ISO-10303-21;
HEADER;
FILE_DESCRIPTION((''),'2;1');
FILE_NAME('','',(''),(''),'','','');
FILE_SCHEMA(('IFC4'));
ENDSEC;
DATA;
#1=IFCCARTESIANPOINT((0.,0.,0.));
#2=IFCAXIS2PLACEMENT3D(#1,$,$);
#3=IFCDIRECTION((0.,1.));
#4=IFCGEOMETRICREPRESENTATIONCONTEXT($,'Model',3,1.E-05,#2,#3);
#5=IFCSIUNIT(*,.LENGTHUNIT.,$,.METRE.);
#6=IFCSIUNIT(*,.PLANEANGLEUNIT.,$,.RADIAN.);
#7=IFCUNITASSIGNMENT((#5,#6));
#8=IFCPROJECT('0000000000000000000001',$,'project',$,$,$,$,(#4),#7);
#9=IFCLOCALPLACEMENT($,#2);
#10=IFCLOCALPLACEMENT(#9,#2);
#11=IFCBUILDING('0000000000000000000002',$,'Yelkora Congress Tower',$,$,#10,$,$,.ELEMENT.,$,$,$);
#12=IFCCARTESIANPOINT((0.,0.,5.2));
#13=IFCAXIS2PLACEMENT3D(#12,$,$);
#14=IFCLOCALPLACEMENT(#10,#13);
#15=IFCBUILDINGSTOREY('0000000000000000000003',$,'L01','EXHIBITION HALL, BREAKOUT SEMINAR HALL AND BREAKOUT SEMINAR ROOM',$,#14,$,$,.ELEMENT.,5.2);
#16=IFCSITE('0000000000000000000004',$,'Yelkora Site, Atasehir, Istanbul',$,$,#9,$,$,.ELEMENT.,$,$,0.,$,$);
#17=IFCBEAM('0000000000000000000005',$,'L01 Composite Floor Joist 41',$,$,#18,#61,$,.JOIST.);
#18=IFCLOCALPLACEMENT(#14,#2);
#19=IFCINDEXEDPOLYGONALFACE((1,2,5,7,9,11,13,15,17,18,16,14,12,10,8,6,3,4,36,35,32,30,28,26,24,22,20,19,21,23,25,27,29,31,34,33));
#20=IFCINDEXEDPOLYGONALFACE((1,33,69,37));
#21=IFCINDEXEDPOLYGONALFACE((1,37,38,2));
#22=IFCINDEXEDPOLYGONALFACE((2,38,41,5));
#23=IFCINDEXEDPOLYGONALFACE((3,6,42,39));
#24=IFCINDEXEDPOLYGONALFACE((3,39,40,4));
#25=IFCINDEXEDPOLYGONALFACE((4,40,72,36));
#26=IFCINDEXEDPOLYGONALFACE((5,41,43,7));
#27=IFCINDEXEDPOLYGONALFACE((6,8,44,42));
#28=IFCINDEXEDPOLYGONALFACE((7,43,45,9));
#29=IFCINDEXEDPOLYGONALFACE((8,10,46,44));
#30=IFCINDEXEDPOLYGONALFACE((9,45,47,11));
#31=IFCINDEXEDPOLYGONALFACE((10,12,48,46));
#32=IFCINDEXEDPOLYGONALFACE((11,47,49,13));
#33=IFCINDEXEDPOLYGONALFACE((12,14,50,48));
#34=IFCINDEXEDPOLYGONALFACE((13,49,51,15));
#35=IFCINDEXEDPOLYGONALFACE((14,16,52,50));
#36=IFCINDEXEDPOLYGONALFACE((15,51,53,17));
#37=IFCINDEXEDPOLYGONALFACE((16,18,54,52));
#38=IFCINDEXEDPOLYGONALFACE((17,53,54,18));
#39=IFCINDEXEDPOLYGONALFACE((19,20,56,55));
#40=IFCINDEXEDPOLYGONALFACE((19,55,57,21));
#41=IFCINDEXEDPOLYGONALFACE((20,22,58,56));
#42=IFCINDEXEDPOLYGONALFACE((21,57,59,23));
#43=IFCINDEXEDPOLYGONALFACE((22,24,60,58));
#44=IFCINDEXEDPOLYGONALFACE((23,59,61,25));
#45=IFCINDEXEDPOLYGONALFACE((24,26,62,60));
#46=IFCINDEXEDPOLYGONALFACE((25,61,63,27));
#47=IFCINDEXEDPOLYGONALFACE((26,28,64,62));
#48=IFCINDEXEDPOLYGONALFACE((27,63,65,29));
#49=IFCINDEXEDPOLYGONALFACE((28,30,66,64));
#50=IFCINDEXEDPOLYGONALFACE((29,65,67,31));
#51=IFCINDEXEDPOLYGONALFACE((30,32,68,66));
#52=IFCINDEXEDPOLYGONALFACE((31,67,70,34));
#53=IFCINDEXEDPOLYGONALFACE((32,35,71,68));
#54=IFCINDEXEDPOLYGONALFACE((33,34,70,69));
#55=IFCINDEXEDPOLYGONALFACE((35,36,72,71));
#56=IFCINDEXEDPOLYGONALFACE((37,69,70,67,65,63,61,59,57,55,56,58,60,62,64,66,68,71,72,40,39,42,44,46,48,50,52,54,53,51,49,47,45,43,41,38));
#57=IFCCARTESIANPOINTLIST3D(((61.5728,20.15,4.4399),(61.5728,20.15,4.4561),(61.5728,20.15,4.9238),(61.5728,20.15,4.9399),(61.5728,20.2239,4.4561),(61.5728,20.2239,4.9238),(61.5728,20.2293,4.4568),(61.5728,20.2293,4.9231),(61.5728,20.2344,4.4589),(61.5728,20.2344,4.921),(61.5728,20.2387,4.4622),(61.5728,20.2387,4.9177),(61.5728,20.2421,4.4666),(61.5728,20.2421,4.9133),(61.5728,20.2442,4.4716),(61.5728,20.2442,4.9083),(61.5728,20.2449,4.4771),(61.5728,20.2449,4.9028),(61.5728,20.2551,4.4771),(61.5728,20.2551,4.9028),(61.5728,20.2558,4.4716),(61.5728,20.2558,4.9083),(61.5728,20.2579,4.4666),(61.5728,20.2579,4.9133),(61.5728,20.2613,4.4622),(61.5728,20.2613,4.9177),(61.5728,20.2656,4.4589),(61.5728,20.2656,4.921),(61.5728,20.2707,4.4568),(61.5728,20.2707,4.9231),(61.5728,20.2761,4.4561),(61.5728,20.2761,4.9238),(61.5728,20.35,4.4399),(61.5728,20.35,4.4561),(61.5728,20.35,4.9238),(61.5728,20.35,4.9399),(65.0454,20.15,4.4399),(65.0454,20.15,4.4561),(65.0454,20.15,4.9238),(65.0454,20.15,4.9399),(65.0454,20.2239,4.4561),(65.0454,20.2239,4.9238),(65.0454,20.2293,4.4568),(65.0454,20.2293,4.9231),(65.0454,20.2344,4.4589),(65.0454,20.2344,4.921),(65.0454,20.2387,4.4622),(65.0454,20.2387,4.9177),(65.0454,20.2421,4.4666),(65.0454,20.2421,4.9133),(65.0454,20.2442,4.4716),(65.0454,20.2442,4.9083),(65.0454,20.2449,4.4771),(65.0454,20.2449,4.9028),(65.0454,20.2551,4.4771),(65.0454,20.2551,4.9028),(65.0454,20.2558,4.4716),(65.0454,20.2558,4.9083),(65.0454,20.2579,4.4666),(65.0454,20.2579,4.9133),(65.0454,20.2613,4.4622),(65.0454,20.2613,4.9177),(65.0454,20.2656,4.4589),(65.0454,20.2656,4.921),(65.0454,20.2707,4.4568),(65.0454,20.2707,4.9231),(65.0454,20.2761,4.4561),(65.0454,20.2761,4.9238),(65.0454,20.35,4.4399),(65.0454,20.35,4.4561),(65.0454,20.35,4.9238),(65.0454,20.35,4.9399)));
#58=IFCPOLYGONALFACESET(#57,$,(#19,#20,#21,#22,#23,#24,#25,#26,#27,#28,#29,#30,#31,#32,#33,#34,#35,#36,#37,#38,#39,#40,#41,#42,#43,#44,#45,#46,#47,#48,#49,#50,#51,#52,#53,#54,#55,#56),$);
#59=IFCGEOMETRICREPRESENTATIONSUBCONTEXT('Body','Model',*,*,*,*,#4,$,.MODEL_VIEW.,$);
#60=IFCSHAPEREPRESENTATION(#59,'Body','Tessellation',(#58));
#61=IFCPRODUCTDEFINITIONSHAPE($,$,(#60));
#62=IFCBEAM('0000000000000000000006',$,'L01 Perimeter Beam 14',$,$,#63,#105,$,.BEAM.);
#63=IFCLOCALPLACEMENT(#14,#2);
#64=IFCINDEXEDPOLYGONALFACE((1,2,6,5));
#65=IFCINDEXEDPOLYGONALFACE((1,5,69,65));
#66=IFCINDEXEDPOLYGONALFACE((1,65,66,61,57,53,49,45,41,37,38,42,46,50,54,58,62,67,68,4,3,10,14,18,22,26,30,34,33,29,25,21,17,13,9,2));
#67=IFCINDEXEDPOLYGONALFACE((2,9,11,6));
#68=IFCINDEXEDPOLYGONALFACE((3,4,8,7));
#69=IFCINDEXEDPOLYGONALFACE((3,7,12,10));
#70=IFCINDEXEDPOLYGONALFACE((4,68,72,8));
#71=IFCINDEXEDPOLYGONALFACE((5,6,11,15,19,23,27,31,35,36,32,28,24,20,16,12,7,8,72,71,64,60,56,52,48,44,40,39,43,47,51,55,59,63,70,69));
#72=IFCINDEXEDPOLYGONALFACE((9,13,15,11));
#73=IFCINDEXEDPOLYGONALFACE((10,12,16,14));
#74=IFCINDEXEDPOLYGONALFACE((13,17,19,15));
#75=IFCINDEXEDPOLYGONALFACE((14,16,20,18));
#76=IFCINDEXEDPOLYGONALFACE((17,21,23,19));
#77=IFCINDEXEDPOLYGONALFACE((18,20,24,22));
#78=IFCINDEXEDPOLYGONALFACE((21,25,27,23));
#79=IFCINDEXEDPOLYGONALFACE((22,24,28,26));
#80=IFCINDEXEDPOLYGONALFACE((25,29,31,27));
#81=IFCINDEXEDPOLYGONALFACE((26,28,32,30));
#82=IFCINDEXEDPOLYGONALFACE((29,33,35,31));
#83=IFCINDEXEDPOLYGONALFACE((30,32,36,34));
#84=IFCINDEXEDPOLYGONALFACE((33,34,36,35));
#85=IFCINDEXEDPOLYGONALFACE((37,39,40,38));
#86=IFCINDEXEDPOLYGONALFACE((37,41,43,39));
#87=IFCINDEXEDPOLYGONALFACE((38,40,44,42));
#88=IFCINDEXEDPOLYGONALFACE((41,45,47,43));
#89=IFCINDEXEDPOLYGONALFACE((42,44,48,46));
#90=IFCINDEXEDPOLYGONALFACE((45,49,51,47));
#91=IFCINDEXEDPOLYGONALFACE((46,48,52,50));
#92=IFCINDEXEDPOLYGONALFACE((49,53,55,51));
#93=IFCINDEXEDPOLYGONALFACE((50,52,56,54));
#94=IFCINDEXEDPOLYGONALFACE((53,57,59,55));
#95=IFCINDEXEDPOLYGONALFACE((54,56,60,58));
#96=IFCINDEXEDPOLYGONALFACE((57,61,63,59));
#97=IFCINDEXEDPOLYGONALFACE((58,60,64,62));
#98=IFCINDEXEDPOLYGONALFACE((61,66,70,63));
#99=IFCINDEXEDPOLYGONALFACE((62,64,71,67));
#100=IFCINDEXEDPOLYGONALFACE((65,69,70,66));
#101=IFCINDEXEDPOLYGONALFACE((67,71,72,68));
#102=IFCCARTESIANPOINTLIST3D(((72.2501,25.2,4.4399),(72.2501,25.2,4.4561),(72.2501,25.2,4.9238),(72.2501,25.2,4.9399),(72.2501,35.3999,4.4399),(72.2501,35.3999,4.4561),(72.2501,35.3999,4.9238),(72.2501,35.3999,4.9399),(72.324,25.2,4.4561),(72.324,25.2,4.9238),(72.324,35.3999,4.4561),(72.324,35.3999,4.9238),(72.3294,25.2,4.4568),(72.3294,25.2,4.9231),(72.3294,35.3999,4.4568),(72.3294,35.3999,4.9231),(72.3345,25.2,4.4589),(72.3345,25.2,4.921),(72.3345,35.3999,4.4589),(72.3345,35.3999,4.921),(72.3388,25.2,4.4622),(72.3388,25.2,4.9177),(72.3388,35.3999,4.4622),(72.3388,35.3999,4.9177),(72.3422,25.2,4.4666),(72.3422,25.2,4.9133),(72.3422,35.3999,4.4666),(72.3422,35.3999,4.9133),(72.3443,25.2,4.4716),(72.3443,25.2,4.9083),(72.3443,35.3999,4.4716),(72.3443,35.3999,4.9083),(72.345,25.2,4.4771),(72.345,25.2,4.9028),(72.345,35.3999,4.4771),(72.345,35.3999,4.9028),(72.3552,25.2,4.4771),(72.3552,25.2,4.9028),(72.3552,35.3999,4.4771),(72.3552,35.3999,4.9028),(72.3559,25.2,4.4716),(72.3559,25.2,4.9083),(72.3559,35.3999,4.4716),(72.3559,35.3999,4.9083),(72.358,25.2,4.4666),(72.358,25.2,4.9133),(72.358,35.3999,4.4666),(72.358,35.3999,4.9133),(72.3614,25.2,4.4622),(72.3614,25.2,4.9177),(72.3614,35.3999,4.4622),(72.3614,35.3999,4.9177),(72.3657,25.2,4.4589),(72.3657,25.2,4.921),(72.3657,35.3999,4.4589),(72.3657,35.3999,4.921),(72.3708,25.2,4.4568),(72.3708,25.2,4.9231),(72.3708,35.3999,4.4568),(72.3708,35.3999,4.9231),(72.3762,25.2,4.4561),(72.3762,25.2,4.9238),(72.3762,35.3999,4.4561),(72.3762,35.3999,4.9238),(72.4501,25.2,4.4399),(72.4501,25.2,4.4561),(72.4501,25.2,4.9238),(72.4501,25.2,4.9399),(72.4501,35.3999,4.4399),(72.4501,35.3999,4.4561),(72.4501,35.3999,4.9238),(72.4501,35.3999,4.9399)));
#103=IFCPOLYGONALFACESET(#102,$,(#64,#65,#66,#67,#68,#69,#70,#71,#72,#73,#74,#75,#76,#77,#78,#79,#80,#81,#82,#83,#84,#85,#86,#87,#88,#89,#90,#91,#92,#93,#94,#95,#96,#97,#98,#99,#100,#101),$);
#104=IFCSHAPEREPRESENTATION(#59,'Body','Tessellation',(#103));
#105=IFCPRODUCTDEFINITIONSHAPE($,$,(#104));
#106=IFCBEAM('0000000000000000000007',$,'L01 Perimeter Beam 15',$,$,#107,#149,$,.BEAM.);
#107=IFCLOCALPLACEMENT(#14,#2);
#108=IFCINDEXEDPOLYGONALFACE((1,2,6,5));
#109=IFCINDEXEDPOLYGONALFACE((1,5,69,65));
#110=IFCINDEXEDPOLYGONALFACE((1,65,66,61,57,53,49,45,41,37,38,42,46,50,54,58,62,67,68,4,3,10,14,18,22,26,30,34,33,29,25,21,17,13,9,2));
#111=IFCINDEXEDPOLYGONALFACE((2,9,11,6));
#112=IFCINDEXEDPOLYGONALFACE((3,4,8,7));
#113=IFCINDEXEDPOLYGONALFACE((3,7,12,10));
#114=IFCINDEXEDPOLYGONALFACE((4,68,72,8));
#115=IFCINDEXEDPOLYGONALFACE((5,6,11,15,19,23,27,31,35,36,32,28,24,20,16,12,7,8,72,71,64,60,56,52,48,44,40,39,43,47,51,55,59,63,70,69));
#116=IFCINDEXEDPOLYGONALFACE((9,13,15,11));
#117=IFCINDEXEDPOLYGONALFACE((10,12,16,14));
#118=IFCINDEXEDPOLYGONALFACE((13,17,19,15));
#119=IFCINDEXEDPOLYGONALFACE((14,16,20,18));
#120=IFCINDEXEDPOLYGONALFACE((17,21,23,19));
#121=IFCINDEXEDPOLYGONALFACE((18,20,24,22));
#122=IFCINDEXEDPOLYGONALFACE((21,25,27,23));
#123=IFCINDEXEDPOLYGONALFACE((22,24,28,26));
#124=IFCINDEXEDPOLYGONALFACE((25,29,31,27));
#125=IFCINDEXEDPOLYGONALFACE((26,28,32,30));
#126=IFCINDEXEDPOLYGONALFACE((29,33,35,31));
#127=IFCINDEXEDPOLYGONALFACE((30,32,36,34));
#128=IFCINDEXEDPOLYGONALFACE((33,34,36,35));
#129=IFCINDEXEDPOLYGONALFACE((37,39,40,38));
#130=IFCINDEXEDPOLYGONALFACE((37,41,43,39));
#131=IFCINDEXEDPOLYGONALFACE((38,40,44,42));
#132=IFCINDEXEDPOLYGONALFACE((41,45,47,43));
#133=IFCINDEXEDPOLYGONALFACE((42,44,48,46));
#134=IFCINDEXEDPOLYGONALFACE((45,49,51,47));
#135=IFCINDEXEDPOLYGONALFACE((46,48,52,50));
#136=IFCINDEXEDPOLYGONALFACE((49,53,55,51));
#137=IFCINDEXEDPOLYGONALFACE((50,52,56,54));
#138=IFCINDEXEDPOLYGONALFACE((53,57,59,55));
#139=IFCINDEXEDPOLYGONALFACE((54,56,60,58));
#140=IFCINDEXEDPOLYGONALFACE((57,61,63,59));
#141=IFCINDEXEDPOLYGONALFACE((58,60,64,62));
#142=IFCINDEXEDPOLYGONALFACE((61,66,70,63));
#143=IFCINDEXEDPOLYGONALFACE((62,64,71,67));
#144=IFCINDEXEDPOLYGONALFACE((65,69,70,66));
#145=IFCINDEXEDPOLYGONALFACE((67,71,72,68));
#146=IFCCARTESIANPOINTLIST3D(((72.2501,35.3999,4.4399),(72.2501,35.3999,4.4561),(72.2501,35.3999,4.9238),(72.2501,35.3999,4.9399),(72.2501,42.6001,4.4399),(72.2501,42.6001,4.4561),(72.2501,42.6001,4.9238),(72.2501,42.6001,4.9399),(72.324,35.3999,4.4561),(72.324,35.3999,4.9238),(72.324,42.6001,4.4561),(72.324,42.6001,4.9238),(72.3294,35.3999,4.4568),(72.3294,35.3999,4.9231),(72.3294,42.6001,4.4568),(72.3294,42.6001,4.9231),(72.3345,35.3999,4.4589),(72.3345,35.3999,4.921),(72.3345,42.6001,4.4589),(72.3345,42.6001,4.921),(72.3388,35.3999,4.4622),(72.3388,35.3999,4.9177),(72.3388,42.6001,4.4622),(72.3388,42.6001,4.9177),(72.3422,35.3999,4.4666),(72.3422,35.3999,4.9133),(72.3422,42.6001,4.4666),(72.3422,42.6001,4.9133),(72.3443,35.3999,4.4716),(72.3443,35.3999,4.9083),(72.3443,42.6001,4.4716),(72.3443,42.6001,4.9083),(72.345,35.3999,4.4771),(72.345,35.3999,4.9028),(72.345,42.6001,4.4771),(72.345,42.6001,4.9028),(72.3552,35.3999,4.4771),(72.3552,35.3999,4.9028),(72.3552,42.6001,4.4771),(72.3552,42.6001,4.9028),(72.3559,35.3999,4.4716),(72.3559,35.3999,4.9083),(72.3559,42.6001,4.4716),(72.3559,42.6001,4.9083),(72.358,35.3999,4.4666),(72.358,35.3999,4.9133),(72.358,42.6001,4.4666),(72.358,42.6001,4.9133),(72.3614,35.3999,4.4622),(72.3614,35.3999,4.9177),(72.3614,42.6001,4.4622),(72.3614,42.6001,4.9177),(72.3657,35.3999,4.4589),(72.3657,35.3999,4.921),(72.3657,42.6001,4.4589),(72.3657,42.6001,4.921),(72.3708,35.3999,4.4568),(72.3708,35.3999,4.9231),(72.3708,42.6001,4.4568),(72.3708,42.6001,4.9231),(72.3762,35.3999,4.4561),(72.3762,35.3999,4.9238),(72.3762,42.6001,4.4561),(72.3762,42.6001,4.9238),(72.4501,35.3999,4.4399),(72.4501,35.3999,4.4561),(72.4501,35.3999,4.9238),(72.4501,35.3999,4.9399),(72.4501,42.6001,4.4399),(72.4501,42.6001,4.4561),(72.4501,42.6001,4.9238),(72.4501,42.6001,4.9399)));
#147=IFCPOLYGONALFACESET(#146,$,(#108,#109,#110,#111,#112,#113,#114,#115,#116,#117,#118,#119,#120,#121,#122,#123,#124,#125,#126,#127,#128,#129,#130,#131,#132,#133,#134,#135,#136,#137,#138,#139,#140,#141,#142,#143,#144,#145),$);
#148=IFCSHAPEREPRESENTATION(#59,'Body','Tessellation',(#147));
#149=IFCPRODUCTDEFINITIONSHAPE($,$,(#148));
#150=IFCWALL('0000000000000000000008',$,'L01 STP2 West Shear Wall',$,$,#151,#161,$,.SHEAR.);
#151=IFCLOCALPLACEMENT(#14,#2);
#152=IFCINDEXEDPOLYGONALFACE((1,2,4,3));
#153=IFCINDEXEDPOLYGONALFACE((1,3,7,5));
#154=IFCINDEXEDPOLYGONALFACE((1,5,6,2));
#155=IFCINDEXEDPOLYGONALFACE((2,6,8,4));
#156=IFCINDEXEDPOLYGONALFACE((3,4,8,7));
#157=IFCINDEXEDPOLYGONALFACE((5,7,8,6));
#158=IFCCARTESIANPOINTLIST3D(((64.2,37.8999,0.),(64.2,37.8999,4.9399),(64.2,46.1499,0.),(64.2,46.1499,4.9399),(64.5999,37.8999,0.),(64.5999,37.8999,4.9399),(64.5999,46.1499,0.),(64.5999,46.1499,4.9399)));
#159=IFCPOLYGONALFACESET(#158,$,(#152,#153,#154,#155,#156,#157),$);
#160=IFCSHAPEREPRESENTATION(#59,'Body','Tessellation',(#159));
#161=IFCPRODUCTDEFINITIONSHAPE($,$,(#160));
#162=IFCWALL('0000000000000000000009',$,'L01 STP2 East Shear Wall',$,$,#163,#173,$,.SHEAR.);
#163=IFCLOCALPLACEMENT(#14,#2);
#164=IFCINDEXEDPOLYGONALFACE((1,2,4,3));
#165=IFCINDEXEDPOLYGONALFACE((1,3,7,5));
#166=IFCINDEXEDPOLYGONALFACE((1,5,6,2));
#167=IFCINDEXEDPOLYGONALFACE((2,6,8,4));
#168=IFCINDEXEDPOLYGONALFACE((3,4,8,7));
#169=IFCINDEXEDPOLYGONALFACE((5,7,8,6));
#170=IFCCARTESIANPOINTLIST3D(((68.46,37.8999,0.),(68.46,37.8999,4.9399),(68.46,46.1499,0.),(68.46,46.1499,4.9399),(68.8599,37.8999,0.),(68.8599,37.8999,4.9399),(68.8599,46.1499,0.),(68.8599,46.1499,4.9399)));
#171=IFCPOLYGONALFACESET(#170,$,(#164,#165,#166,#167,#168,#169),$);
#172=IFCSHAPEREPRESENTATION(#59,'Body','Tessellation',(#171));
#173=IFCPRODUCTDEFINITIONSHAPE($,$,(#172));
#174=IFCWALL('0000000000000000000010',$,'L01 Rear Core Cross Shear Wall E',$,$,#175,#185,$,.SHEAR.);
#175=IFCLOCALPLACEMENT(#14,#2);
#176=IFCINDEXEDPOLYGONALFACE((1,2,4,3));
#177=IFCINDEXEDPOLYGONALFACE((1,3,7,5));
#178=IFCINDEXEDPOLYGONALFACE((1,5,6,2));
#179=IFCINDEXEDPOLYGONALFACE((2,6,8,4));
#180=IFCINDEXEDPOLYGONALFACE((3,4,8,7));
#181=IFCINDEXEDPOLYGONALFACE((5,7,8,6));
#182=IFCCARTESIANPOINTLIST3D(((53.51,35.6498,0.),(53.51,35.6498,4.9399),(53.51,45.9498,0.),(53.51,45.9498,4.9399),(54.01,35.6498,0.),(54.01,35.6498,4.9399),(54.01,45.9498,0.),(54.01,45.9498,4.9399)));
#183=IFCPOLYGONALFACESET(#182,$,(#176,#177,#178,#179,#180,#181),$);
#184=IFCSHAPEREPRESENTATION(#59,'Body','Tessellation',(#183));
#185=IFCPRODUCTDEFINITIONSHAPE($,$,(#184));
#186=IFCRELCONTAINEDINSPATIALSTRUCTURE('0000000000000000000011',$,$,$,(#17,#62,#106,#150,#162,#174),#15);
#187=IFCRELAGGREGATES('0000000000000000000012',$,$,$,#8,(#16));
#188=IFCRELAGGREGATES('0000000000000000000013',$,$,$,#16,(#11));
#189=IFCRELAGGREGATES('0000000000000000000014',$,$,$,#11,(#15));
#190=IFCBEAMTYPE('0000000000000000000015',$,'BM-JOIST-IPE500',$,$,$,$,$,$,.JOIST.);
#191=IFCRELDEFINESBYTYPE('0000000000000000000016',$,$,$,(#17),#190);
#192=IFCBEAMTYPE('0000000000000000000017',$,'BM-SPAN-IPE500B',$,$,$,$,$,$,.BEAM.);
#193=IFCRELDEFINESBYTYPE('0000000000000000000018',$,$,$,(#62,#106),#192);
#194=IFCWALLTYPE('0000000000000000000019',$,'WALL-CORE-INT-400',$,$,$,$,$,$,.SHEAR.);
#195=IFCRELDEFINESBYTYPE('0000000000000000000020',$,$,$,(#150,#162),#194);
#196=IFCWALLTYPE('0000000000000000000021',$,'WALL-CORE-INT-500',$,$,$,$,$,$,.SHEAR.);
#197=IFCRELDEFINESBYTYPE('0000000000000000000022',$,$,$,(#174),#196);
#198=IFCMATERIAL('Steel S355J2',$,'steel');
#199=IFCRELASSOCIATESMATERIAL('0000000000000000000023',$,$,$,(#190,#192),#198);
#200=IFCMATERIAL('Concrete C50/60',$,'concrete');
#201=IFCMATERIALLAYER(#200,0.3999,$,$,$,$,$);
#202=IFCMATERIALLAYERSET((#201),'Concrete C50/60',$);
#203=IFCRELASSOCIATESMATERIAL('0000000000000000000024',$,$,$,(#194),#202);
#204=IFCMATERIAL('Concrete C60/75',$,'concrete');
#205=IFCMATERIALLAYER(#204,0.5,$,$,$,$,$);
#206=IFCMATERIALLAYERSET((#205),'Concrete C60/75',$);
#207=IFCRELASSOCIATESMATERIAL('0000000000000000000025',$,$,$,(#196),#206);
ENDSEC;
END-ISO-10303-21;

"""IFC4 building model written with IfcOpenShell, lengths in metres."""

from ifc_helpers import new_model, si_unit, direction, frame, frame_2d, origin, origin_2d, place, context, subcontext, project, spatial, rectangle, i_section, extrude, material, layer, layer_set, material_profile, profile_set, type_object, element, save


model = new_model("IFC4")

# Units and contexts
model_context = context("Model", 3, precision=1e-05, world=origin(), true_north=direction((0.0, 1.0)))
body_context = subcontext(model_context, "Body", "Model", "MODEL_VIEW")
ifc_project = project(units=[si_unit("LENGTHUNIT", "METRE"), si_unit("PLANEANGLEUNIT", "RADIAN")], contexts=[model_context])

# Site, building, storey
site_placement = place(None, origin())
site = spatial("IfcSite", under=ifc_project, at=site_placement, Name="Yelkora Site, Atasehir, Istanbul", CompositionType="ELEMENT", RefElevation=0.0)
building_placement = place(site_placement, origin())
building = spatial("IfcBuilding", under=site, at=building_placement, Name="Yelkora Congress Tower", CompositionType="ELEMENT")
storey_placement = place(building_placement, frame((0.0, 0.0, 5.2)))
storey = spatial("IfcBuildingStorey", under=building, at=storey_placement, Name="L01", Description="EXHIBITION HALL, BREAKOUT SEMINAR HALL AND BREAKOUT SEMINAR ROOM", CompositionType="ELEMENT", Elevation=5.2)

# Shared definitions
ifc_material_1 = material(Name="Concrete C60/75", Category="concrete")
ifc_material_2 = material(Name="Concrete C50/60", Category="concrete")

# Beams
ifc_material_3 = material(Name="Steel S355J2", Category="steel")
ifc_material_profile_1 = material_profile(ifc_material_3, i_section(OverallWidth=0.2, OverallDepth=0.5, WebThickness=0.0103, FlangeThickness=0.0161, FilletRadius=0.021, at=origin_2d()), Name="IPE 500")
ifc_profile_set_1 = profile_set([ifc_material_profile_1], Name="Steel S355J2")
beam_type_1 = type_object("IfcBeamType", Name="BM-JOIST-IPE500", PredefinedType="JOIST", material=ifc_profile_set_1)
beam_1_placement = place(storey_placement, frame((61.5728, 20.25, 4.6899), z_axis=(1.0, 0.0, 0.0), x_axis=(0.0, 1.0, 0.0)))
element("IfcBeam", 1, at=beam_1_placement, inside=storey, type_object=beam_type_1, Name="L01 Composite Floor Joist 41", PredefinedType="JOIST", context=body_context, shape_type="SweptSolid", body=[
    extrude(i_section(OverallWidth=0.2, OverallDepth=0.5, WebThickness=0.0103, FlangeThickness=0.0161, FilletRadius=0.021, at=origin_2d()), origin(), (0.0, 0.0, 1.0), 3.4727),
])
ifc_material_profile_2 = material_profile(ifc_material_3, i_section(OverallWidth=0.2, OverallDepth=0.5, WebThickness=0.0103, FlangeThickness=0.0161, FilletRadius=0.021, at=origin_2d()), Name="IPE 500")
ifc_profile_set_2 = profile_set([ifc_material_profile_2], Name="Steel S355J2")
beam_type_2 = type_object("IfcBeamType", Name="BM-SPAN-IPE500B", PredefinedType="BEAM", material=ifc_profile_set_2)
beam_2_placement = place(storey_placement, frame((72.3501, 25.2, 4.6899), z_axis=(0.0, 1.0, 0.0), x_axis=(-1.0, 0.0, 0.0)))
element("IfcBeam", 2, at=beam_2_placement, inside=storey, type_object=beam_type_2, Name="L01 Perimeter Beam 14", PredefinedType="BEAM", context=body_context, shape_type="SweptSolid", body=[
    extrude(i_section(OverallWidth=0.2, OverallDepth=0.5, WebThickness=0.0103, FlangeThickness=0.0161, FilletRadius=0.021, at=origin_2d()), origin(), (0.0, 0.0, 1.0), 10.2),
])
beam_3_placement = place(storey_placement, frame((72.3501, 35.3999, 4.6899), z_axis=(0.0, 1.0, 0.0), x_axis=(-1.0, 0.0, 0.0)))
element("IfcBeam", 3, at=beam_3_placement, inside=storey, type_object=beam_type_2, Name="L01 Perimeter Beam 15", PredefinedType="BEAM", context=body_context, shape_type="SweptSolid", body=[
    extrude(i_section(OverallWidth=0.2, OverallDepth=0.5, WebThickness=0.0103, FlangeThickness=0.0161, FilletRadius=0.021, at=origin_2d()), origin(), (0.0, 0.0, 1.0), 7.2002),
])

# Walls
ifc_layer_1 = layer(ifc_material_2, 0.3999)
ifc_layer_set_1 = layer_set([ifc_layer_1], Name="Concrete C50/60")
wall_type_1 = type_object("IfcWallType", Name="WALL-CORE-INT-400", PredefinedType="SHEAR", material=ifc_layer_set_1)
for number, where, z_axis, x_axis, name in (
    (4, (64.3999, 37.8999, 0.0), (0.0, 0.0, 1.0), (0.0, 1.0, 0.0), "L01 STP2 West Shear Wall"),
    (5, (68.6599, 37.8999, 0.0), (0.0, 0.0, 1.0), (0.0, 1.0, 0.0), "L01 STP2 East Shear Wall"),
):
    element("IfcWall", number, at=place(storey_placement, frame(where, z_axis=z_axis, x_axis=x_axis)), inside=storey, type_object=wall_type_1, Name=name, PredefinedType="SHEAR", context=body_context, shape_type="SweptSolid", body=[
        extrude(rectangle(XDim=8.25, YDim=0.3999, at=frame_2d((4.125, 0.0))), origin(), (0.0, 0.0, 1.0), 4.9399),
    ])
ifc_layer_2 = layer(ifc_material_1, 0.5)
ifc_layer_set_2 = layer_set([ifc_layer_2], Name="Concrete C60/75")
wall_type_2 = type_object("IfcWallType", Name="WALL-CORE-INT-500", PredefinedType="SHEAR", material=ifc_layer_set_2)
wall_1_placement = place(storey_placement, frame((53.76, 35.6499, 0.0), z_axis=(0.0, 0.0, 1.0), x_axis=(0.0, 1.0, 0.0)))
element("IfcWall", 6, at=wall_1_placement, inside=storey, type_object=wall_type_2, Name="L01 Rear Core Cross Shear Wall E", PredefinedType="SHEAR", context=body_context, shape_type="SweptSolid", body=[
    extrude(rectangle(XDim=10.3, YDim=0.5, at=frame_2d((5.1499, 0.0))), origin(), (0.0, 0.0, 1.0), 4.9399),
])

save(model, "model.ifc")
